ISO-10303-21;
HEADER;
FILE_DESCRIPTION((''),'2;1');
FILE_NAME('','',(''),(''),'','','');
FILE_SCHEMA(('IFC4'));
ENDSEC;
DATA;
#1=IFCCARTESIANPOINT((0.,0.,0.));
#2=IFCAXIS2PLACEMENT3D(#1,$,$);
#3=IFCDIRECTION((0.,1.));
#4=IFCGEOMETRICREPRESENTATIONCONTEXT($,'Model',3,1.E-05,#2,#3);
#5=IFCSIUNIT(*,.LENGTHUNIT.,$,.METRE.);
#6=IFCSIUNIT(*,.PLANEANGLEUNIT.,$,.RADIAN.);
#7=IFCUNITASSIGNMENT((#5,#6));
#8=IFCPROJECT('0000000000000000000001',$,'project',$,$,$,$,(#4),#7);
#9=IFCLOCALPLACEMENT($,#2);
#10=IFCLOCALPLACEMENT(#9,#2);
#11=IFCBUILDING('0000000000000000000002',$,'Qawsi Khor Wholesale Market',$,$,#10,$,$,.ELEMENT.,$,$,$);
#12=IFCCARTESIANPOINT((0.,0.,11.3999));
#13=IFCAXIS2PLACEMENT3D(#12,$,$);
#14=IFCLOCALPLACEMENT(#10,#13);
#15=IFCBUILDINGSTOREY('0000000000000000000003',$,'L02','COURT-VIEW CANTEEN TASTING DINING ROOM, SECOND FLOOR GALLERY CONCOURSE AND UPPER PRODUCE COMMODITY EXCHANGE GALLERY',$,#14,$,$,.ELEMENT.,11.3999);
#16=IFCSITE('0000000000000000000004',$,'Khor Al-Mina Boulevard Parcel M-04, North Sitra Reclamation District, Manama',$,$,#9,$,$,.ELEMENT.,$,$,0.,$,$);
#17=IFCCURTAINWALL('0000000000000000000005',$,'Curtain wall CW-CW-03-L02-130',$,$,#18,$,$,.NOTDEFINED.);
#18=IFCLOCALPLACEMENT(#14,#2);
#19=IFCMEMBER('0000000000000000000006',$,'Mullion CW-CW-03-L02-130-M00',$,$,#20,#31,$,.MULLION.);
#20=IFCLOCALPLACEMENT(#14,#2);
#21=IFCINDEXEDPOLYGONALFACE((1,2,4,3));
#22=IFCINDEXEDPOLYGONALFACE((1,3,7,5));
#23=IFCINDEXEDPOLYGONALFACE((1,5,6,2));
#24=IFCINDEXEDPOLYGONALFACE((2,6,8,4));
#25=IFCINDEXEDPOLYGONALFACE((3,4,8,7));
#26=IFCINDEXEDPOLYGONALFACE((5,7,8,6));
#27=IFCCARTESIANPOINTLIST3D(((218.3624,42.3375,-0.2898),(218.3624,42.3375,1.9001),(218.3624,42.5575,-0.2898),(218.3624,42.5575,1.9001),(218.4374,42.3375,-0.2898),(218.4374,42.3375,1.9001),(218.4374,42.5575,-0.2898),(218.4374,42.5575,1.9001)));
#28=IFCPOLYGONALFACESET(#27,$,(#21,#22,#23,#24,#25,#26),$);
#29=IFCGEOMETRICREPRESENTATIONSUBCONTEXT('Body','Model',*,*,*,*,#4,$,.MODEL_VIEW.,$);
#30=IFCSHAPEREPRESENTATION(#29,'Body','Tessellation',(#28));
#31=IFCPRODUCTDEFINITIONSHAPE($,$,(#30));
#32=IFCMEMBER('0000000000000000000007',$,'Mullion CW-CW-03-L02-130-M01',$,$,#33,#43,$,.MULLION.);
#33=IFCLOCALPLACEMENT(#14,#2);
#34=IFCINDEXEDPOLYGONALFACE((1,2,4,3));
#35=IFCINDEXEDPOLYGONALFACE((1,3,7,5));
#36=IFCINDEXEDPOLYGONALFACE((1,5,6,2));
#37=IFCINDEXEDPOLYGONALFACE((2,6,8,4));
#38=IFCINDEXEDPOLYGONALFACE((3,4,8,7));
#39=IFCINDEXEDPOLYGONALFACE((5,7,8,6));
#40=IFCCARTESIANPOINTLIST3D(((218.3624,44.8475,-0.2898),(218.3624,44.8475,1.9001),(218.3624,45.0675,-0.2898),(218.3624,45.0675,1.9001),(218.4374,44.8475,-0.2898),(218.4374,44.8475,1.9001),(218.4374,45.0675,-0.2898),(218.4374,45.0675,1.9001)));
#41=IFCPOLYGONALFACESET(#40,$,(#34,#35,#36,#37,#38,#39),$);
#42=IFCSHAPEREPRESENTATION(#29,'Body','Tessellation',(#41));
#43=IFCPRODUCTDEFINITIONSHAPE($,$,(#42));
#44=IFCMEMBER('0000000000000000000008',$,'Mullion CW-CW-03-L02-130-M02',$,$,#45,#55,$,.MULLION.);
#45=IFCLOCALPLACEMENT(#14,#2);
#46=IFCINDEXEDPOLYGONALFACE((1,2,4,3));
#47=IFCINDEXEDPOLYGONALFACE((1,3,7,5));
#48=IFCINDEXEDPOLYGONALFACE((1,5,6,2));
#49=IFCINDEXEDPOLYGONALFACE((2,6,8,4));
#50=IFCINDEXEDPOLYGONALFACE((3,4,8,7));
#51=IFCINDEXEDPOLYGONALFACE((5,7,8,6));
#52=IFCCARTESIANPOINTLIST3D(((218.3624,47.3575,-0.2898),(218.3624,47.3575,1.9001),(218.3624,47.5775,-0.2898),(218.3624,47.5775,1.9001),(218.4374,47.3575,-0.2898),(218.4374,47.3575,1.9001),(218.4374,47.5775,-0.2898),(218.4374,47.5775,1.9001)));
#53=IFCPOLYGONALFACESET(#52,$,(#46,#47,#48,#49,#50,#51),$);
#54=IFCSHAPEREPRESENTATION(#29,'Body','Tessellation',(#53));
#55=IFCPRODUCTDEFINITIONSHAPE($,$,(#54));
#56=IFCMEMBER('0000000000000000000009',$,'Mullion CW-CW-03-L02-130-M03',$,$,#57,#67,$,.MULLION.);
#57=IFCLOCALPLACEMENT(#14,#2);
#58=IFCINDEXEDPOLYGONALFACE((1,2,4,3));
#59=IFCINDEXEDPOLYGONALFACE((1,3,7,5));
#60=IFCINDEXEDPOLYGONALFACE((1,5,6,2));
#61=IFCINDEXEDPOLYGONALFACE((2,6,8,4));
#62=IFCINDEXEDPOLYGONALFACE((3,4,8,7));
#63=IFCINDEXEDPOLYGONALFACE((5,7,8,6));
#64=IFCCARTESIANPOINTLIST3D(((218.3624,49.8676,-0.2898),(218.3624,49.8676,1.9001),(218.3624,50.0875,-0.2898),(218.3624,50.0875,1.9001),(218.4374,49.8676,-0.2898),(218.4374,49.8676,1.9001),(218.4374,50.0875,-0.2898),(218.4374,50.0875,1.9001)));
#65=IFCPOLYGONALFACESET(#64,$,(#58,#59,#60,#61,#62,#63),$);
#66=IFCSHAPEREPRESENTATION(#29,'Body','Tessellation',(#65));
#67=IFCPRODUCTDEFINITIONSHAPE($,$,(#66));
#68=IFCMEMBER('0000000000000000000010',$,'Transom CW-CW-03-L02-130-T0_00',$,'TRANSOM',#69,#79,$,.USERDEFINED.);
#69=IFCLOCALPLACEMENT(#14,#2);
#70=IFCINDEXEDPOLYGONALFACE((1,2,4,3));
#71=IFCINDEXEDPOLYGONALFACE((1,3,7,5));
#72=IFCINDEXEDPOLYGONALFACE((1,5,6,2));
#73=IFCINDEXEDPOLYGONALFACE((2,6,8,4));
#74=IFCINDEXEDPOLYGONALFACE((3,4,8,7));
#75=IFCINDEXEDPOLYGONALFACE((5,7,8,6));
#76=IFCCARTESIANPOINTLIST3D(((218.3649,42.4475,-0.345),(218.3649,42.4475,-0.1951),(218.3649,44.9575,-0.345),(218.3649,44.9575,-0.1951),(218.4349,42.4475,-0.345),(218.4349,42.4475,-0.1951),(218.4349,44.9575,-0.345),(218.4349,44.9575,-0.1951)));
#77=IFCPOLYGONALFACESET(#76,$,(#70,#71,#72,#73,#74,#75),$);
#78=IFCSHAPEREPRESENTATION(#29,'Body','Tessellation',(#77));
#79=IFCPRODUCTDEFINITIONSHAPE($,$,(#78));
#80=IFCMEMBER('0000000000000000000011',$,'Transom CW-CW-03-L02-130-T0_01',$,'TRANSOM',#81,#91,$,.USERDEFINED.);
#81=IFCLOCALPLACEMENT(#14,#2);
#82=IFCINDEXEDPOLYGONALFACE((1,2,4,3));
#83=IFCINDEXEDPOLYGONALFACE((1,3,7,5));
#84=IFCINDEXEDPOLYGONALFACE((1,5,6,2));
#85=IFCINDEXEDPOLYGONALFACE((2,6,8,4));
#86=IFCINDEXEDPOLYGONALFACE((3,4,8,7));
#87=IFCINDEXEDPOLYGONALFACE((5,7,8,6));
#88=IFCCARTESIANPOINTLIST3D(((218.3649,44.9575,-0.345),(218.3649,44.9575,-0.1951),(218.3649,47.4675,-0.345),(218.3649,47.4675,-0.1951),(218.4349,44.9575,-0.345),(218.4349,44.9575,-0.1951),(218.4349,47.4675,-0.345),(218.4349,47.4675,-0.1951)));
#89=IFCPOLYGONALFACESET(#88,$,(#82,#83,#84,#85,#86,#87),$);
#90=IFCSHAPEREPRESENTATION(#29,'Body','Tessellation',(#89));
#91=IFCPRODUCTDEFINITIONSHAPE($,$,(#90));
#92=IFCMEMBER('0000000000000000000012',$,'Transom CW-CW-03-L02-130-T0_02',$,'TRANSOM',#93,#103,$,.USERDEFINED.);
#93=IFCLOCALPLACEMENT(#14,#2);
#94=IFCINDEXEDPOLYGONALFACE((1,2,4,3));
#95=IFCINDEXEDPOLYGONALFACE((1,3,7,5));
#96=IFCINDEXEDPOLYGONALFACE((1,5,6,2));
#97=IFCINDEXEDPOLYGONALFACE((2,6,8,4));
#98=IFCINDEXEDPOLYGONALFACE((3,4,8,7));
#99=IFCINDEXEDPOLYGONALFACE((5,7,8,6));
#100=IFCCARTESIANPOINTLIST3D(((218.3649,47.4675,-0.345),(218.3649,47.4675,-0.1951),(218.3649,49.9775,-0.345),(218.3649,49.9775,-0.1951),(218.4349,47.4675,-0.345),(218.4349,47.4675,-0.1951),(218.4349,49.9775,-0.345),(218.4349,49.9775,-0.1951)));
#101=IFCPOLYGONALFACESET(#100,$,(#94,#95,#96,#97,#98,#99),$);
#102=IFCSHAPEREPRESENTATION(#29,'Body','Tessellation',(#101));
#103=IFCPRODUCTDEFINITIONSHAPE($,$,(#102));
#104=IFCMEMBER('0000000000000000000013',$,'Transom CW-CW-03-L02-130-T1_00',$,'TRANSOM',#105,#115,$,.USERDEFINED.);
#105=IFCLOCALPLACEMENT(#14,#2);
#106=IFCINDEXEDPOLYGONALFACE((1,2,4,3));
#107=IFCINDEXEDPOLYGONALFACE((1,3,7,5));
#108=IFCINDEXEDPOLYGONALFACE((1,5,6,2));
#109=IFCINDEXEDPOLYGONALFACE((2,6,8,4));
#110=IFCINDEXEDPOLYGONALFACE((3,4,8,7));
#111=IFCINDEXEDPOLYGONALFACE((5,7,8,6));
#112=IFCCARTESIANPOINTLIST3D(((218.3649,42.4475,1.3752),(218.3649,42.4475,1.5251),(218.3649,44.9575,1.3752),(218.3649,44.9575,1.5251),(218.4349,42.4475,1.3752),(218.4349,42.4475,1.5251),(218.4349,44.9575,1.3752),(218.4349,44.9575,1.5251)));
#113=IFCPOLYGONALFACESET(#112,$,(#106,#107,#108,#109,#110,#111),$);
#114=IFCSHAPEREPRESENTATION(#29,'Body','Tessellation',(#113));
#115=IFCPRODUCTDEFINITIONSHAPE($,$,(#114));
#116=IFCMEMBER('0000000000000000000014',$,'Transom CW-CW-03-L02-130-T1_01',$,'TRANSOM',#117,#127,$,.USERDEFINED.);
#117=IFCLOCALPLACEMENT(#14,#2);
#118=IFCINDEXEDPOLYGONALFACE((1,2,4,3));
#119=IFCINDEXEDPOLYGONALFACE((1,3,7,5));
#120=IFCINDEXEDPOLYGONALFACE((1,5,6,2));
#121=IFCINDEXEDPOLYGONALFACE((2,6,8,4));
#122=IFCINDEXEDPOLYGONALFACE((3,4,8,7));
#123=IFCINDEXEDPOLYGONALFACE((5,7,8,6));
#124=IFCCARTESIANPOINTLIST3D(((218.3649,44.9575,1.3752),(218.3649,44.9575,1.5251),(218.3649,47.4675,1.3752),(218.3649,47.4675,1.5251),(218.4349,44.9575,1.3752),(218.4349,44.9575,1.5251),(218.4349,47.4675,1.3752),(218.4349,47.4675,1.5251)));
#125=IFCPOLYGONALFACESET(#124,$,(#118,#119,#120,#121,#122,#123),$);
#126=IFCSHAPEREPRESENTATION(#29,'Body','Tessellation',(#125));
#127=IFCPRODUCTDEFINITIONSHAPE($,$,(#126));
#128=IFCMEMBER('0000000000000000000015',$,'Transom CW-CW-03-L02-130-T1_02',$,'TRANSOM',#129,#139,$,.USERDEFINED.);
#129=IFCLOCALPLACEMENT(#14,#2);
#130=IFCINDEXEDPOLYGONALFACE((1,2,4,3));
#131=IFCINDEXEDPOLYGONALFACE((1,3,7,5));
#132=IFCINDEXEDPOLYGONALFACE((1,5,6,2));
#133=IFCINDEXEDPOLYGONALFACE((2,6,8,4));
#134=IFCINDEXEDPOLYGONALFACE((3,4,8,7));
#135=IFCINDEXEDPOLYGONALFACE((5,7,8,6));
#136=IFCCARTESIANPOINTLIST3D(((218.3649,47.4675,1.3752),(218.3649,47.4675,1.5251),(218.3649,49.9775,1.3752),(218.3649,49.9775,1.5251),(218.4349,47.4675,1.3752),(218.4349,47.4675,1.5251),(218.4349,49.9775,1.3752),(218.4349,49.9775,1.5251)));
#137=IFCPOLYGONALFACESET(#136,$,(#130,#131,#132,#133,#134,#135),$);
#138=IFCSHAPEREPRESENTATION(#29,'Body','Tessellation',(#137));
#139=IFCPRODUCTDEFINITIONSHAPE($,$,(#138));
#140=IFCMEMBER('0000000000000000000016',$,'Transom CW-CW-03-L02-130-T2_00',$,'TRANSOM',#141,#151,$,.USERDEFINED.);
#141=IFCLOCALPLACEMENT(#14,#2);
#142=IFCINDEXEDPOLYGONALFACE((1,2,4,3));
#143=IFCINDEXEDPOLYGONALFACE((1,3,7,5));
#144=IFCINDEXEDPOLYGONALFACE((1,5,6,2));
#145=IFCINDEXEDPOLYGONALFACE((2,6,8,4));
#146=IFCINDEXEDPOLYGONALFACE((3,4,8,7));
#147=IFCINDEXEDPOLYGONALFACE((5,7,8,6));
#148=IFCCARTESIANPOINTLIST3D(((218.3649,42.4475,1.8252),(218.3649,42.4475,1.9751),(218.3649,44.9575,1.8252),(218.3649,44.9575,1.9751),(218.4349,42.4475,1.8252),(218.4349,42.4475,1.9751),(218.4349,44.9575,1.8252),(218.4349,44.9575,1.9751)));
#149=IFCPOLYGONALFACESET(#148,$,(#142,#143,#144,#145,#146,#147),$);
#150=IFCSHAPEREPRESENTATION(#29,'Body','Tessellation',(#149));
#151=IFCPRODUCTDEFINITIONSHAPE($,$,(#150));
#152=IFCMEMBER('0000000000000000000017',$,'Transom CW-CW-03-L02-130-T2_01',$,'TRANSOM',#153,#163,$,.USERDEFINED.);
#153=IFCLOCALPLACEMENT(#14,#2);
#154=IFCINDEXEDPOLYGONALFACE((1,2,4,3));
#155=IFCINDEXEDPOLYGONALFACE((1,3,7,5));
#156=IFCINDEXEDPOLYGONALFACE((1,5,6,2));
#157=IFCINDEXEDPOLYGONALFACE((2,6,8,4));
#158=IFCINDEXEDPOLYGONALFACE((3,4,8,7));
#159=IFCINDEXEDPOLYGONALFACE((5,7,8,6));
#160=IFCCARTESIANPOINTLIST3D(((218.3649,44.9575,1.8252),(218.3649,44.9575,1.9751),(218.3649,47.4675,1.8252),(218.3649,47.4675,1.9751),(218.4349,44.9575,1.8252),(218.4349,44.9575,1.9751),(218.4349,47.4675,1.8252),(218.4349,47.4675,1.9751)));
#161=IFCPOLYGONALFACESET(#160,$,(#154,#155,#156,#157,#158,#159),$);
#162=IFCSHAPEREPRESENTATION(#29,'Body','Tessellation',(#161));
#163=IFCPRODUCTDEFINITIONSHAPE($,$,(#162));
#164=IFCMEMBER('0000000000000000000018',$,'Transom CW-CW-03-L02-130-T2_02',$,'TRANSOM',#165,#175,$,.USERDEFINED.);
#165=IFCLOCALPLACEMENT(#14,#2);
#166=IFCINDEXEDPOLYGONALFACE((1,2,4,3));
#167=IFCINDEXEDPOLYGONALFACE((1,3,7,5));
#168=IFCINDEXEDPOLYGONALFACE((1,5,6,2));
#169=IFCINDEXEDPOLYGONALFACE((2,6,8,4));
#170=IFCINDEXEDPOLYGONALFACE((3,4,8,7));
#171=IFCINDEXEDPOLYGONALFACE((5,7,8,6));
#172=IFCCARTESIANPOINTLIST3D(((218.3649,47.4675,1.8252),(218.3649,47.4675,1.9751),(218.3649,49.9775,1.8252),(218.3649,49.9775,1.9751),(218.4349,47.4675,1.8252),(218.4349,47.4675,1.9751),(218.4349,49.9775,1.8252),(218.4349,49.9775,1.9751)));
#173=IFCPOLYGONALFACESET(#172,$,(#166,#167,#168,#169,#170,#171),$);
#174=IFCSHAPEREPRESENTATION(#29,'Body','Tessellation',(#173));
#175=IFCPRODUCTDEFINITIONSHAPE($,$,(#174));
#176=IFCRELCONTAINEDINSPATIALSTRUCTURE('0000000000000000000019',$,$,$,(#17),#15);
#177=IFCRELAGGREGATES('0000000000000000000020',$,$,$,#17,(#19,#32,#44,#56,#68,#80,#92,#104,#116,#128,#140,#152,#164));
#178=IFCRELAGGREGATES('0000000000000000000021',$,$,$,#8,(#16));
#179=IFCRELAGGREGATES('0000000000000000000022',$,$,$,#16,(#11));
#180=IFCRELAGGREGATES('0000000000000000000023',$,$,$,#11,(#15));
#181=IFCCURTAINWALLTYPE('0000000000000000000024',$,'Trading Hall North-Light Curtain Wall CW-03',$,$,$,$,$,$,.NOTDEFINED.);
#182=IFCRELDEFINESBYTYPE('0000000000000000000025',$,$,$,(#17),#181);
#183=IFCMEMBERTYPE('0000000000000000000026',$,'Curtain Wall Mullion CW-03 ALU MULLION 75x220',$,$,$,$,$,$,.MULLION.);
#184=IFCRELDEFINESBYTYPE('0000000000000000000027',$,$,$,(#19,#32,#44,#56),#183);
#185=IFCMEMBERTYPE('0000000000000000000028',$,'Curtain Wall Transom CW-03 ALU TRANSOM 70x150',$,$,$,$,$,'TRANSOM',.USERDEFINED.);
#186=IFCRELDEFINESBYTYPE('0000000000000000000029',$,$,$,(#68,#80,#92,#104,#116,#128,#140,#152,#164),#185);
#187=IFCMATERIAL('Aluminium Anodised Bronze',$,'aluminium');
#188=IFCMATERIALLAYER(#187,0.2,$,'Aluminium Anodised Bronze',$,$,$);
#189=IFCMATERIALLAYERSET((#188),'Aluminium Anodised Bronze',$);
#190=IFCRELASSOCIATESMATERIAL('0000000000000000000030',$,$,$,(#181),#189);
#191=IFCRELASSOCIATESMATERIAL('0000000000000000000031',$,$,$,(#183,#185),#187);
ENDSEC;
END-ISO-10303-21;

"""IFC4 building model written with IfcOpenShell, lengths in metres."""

from ifc_helpers import new_model, si_unit, direction, frame, origin, origin_2d, place, context, subcontext, project, spatial, rectangle, extrude, material, layer, layer_set, material_profile, profile_set, type_object, element, aggregate, save


model = new_model("IFC4")

# Units and contexts
model_context = context("Model", 3, precision=1e-05, world=origin(), true_north=direction((0.0, 1.0)))
body_context = subcontext(model_context, "Body", "Model", "MODEL_VIEW")
ifc_project = project(units=[si_unit("LENGTHUNIT", "METRE"), si_unit("PLANEANGLEUNIT", "RADIAN")], contexts=[model_context])

# Site, building, storey
site_placement = place(None, origin())
site = spatial("IfcSite", under=ifc_project, at=site_placement, Name="Khor Al-Mina Boulevard Parcel M-04, North Sitra Reclamation District, Manama", CompositionType="ELEMENT", RefElevation=0.0)
building_placement = place(site_placement, origin())
building = spatial("IfcBuilding", under=site, at=building_placement, Name="Qawsi Khor Wholesale Market", CompositionType="ELEMENT")
storey_placement = place(building_placement, frame((0.0, 0.0, 11.3999)))
storey = spatial("IfcBuildingStorey", under=building, at=storey_placement, Name="L02", Description="COURT-VIEW CANTEEN TASTING DINING ROOM, SECOND FLOOR GALLERY CONCOURSE AND UPPER PRODUCE COMMODITY EXCHANGE GALLERY", CompositionType="ELEMENT", Elevation=11.3999)

# Curtain wall, members
ifc_material_1 = material(Name="Aluminium Anodised Bronze", Category="aluminium")
ifc_layer_1 = layer(ifc_material_1, 0.2, Name="Aluminium Anodised Bronze")
ifc_layer_set_1 = layer_set([ifc_layer_1], Name="Aluminium Anodised Bronze")
curtain_wall_type = type_object("IfcCurtainWallType", Name="Trading Hall North-Light Curtain Wall CW-03", PredefinedType="NOTDEFINED", material=ifc_layer_set_1)
curtain_wall_placement = place(storey_placement, origin())
curtain_wall = element("IfcCurtainWall", 1, at=curtain_wall_placement, inside=storey, type_object=curtain_wall_type, Name="Curtain wall CW-CW-03-L02-130", PredefinedType="NOTDEFINED")
ifc_material_profile_1 = material_profile(ifc_material_1, rectangle(XDim=0.075, YDim=0.22, at=origin_2d()), Name="ALU MULLION 75x220")
ifc_profile_set_1 = profile_set([ifc_material_profile_1], Name="Aluminium Anodised Bronze")
member_type_1 = type_object("IfcMemberType", Name="Curtain Wall Mullion CW-03 ALU MULLION 75x220", PredefinedType="MULLION", material=ifc_profile_set_1)
member_1_placement = place(storey_placement, frame((218.3999, 42.4475, -0.2898), z_axis=(0.0, 0.0, 1.0), x_axis=(1.0, 0.0, 0.0)))
member_1 = element("IfcMember", 2, at=member_1_placement, type_object=member_type_1, Name="Mullion CW-CW-03-L02-130-M00", PredefinedType="MULLION", context=body_context, shape_type="SweptSolid", body=[
    extrude(rectangle(XDim=0.075, YDim=0.22, at=origin_2d()), origin(), (0.0, 0.0, 1.0), 2.1899),
])
member_2_placement = place(storey_placement, frame((218.3999, 44.9575, -0.2898), z_axis=(0.0, 0.0, 1.0), x_axis=(1.0, 0.0, 0.0)))
member_2 = element("IfcMember", 3, at=member_2_placement, type_object=member_type_1, Name="Mullion CW-CW-03-L02-130-M01", PredefinedType="MULLION", context=body_context, shape_type="SweptSolid", body=[
    extrude(rectangle(XDim=0.075, YDim=0.22, at=origin_2d()), origin(), (0.0, 0.0, 1.0), 2.1899),
])
member_3_placement = place(storey_placement, frame((218.3999, 47.4675, -0.2898), z_axis=(0.0, 0.0, 1.0), x_axis=(1.0, 0.0, 0.0)))
member_3 = element("IfcMember", 4, at=member_3_placement, type_object=member_type_1, Name="Mullion CW-CW-03-L02-130-M02", PredefinedType="MULLION", context=body_context, shape_type="SweptSolid", body=[
    extrude(rectangle(XDim=0.075, YDim=0.22, at=origin_2d()), origin(), (0.0, 0.0, 1.0), 2.1899),
])
member_4_placement = place(storey_placement, frame((218.3999, 49.9775, -0.2898), z_axis=(0.0, 0.0, 1.0), x_axis=(1.0, 0.0, 0.0)))
member_4 = element("IfcMember", 5, at=member_4_placement, type_object=member_type_1, Name="Mullion CW-CW-03-L02-130-M03", PredefinedType="MULLION", context=body_context, shape_type="SweptSolid", body=[
    extrude(rectangle(XDim=0.075, YDim=0.22, at=origin_2d()), origin(), (0.0, 0.0, 1.0), 2.1899),
])
ifc_material_profile_2 = material_profile(ifc_material_1, rectangle(XDim=0.0701, YDim=0.1499, at=origin_2d()), Name="ALU TRANSOM 70x150")
ifc_profile_set_2 = profile_set([ifc_material_profile_2], Name="Aluminium Anodised Bronze")
member_type_2 = type_object("IfcMemberType", Name="Curtain Wall Transom CW-03 ALU TRANSOM 70x150", ElementType="TRANSOM", PredefinedType="USERDEFINED", material=ifc_profile_set_2)
member_5_placement = place(storey_placement, frame((218.3999, 42.4475, -0.27), z_axis=(0.0, 1.0, 0.0), x_axis=(-1.0, 0.0, 0.0)))
member_5 = element("IfcMember", 6, at=member_5_placement, type_object=member_type_2, Name="Transom CW-CW-03-L02-130-T0_00", ObjectType="TRANSOM", PredefinedType="USERDEFINED", context=body_context, shape_type="SweptSolid", body=[
    extrude(rectangle(XDim=0.0701, YDim=0.1499, at=origin_2d()), origin(), (0.0, 0.0, 1.0), 2.51),
])
member_6_placement = place(storey_placement, frame((218.3999, 44.9575, -0.27), z_axis=(0.0, 1.0, 0.0), x_axis=(-1.0, 0.0, 0.0)))
member_6 = element("IfcMember", 7, at=member_6_placement, type_object=member_type_2, Name="Transom CW-CW-03-L02-130-T0_01", ObjectType="TRANSOM", PredefinedType="USERDEFINED", context=body_context, shape_type="SweptSolid", body=[
    extrude(rectangle(XDim=0.0701, YDim=0.1499, at=origin_2d()), origin(), (0.0, 0.0, 1.0), 2.51),
])
member_7_placement = place(storey_placement, frame((218.3999, 47.4675, -0.27), z_axis=(0.0, 1.0, 0.0), x_axis=(-1.0, 0.0, 0.0)))
member_7 = element("IfcMember", 8, at=member_7_placement, type_object=member_type_2, Name="Transom CW-CW-03-L02-130-T0_02", ObjectType="TRANSOM", PredefinedType="USERDEFINED", context=body_context, shape_type="SweptSolid", body=[
    extrude(rectangle(XDim=0.0701, YDim=0.1499, at=origin_2d()), origin(), (0.0, 0.0, 1.0), 2.51),
])
member_8_placement = place(storey_placement, frame((218.3999, 42.4475, 1.4502), z_axis=(0.0, 1.0, 0.0), x_axis=(-1.0, 0.0, 0.0)))
member_8 = element("IfcMember", 9, at=member_8_placement, type_object=member_type_2, Name="Transom CW-CW-03-L02-130-T1_00", ObjectType="TRANSOM", PredefinedType="USERDEFINED", context=body_context, shape_type="SweptSolid", body=[
    extrude(rectangle(XDim=0.0701, YDim=0.1499, at=origin_2d()), origin(), (0.0, 0.0, 1.0), 2.51),
])
member_9_placement = place(storey_placement, frame((218.3999, 44.9575, 1.4502), z_axis=(0.0, 1.0, 0.0), x_axis=(-1.0, 0.0, 0.0)))
member_9 = element("IfcMember", 10, at=member_9_placement, type_object=member_type_2, Name="Transom CW-CW-03-L02-130-T1_01", ObjectType="TRANSOM", PredefinedType="USERDEFINED", context=body_context, shape_type="SweptSolid", body=[
    extrude(rectangle(XDim=0.0701, YDim=0.1499, at=origin_2d()), origin(), (0.0, 0.0, 1.0), 2.51),
])
member_10_placement = place(storey_placement, frame((218.3999, 47.4675, 1.4502), z_axis=(0.0, 1.0, 0.0), x_axis=(-1.0, 0.0, 0.0)))
member_10 = element("IfcMember", 11, at=member_10_placement, type_object=member_type_2, Name="Transom CW-CW-03-L02-130-T1_02", ObjectType="TRANSOM", PredefinedType="USERDEFINED", context=body_context, shape_type="SweptSolid", body=[
    extrude(rectangle(XDim=0.0701, YDim=0.1499, at=origin_2d()), origin(), (0.0, 0.0, 1.0), 2.51),
])
member_11_placement = place(storey_placement, frame((218.3999, 42.4475, 1.9001), z_axis=(0.0, 1.0, 0.0), x_axis=(-1.0, 0.0, 0.0)))
member_11 = element("IfcMember", 12, at=member_11_placement, type_object=member_type_2, Name="Transom CW-CW-03-L02-130-T2_00", ObjectType="TRANSOM", PredefinedType="USERDEFINED", context=body_context, shape_type="SweptSolid", body=[
    extrude(rectangle(XDim=0.0701, YDim=0.1499, at=origin_2d()), origin(), (0.0, 0.0, 1.0), 2.51),
])
member_12_placement = place(storey_placement, frame((218.3999, 44.9575, 1.9001), z_axis=(0.0, 1.0, 0.0), x_axis=(-1.0, 0.0, 0.0)))
member_12 = element("IfcMember", 13, at=member_12_placement, type_object=member_type_2, Name="Transom CW-CW-03-L02-130-T2_01", ObjectType="TRANSOM", PredefinedType="USERDEFINED", context=body_context, shape_type="SweptSolid", body=[
    extrude(rectangle(XDim=0.0701, YDim=0.1499, at=origin_2d()), origin(), (0.0, 0.0, 1.0), 2.51),
])
member_13_placement = place(storey_placement, frame((218.3999, 47.4675, 1.9001), z_axis=(0.0, 1.0, 0.0), x_axis=(-1.0, 0.0, 0.0)))
member_13 = element("IfcMember", 14, at=member_13_placement, type_object=member_type_2, Name="Transom CW-CW-03-L02-130-T2_02", ObjectType="TRANSOM", PredefinedType="USERDEFINED", context=body_context, shape_type="SweptSolid", body=[
    extrude(rectangle(XDim=0.0701, YDim=0.1499, at=origin_2d()), origin(), (0.0, 0.0, 1.0), 2.51),
])

aggregate(curtain_wall, [member_1, member_2, member_3, member_4, member_5, member_6, member_7, member_8, member_9, member_10, member_11, member_12, member_13])

save(model, "model.ifc")
